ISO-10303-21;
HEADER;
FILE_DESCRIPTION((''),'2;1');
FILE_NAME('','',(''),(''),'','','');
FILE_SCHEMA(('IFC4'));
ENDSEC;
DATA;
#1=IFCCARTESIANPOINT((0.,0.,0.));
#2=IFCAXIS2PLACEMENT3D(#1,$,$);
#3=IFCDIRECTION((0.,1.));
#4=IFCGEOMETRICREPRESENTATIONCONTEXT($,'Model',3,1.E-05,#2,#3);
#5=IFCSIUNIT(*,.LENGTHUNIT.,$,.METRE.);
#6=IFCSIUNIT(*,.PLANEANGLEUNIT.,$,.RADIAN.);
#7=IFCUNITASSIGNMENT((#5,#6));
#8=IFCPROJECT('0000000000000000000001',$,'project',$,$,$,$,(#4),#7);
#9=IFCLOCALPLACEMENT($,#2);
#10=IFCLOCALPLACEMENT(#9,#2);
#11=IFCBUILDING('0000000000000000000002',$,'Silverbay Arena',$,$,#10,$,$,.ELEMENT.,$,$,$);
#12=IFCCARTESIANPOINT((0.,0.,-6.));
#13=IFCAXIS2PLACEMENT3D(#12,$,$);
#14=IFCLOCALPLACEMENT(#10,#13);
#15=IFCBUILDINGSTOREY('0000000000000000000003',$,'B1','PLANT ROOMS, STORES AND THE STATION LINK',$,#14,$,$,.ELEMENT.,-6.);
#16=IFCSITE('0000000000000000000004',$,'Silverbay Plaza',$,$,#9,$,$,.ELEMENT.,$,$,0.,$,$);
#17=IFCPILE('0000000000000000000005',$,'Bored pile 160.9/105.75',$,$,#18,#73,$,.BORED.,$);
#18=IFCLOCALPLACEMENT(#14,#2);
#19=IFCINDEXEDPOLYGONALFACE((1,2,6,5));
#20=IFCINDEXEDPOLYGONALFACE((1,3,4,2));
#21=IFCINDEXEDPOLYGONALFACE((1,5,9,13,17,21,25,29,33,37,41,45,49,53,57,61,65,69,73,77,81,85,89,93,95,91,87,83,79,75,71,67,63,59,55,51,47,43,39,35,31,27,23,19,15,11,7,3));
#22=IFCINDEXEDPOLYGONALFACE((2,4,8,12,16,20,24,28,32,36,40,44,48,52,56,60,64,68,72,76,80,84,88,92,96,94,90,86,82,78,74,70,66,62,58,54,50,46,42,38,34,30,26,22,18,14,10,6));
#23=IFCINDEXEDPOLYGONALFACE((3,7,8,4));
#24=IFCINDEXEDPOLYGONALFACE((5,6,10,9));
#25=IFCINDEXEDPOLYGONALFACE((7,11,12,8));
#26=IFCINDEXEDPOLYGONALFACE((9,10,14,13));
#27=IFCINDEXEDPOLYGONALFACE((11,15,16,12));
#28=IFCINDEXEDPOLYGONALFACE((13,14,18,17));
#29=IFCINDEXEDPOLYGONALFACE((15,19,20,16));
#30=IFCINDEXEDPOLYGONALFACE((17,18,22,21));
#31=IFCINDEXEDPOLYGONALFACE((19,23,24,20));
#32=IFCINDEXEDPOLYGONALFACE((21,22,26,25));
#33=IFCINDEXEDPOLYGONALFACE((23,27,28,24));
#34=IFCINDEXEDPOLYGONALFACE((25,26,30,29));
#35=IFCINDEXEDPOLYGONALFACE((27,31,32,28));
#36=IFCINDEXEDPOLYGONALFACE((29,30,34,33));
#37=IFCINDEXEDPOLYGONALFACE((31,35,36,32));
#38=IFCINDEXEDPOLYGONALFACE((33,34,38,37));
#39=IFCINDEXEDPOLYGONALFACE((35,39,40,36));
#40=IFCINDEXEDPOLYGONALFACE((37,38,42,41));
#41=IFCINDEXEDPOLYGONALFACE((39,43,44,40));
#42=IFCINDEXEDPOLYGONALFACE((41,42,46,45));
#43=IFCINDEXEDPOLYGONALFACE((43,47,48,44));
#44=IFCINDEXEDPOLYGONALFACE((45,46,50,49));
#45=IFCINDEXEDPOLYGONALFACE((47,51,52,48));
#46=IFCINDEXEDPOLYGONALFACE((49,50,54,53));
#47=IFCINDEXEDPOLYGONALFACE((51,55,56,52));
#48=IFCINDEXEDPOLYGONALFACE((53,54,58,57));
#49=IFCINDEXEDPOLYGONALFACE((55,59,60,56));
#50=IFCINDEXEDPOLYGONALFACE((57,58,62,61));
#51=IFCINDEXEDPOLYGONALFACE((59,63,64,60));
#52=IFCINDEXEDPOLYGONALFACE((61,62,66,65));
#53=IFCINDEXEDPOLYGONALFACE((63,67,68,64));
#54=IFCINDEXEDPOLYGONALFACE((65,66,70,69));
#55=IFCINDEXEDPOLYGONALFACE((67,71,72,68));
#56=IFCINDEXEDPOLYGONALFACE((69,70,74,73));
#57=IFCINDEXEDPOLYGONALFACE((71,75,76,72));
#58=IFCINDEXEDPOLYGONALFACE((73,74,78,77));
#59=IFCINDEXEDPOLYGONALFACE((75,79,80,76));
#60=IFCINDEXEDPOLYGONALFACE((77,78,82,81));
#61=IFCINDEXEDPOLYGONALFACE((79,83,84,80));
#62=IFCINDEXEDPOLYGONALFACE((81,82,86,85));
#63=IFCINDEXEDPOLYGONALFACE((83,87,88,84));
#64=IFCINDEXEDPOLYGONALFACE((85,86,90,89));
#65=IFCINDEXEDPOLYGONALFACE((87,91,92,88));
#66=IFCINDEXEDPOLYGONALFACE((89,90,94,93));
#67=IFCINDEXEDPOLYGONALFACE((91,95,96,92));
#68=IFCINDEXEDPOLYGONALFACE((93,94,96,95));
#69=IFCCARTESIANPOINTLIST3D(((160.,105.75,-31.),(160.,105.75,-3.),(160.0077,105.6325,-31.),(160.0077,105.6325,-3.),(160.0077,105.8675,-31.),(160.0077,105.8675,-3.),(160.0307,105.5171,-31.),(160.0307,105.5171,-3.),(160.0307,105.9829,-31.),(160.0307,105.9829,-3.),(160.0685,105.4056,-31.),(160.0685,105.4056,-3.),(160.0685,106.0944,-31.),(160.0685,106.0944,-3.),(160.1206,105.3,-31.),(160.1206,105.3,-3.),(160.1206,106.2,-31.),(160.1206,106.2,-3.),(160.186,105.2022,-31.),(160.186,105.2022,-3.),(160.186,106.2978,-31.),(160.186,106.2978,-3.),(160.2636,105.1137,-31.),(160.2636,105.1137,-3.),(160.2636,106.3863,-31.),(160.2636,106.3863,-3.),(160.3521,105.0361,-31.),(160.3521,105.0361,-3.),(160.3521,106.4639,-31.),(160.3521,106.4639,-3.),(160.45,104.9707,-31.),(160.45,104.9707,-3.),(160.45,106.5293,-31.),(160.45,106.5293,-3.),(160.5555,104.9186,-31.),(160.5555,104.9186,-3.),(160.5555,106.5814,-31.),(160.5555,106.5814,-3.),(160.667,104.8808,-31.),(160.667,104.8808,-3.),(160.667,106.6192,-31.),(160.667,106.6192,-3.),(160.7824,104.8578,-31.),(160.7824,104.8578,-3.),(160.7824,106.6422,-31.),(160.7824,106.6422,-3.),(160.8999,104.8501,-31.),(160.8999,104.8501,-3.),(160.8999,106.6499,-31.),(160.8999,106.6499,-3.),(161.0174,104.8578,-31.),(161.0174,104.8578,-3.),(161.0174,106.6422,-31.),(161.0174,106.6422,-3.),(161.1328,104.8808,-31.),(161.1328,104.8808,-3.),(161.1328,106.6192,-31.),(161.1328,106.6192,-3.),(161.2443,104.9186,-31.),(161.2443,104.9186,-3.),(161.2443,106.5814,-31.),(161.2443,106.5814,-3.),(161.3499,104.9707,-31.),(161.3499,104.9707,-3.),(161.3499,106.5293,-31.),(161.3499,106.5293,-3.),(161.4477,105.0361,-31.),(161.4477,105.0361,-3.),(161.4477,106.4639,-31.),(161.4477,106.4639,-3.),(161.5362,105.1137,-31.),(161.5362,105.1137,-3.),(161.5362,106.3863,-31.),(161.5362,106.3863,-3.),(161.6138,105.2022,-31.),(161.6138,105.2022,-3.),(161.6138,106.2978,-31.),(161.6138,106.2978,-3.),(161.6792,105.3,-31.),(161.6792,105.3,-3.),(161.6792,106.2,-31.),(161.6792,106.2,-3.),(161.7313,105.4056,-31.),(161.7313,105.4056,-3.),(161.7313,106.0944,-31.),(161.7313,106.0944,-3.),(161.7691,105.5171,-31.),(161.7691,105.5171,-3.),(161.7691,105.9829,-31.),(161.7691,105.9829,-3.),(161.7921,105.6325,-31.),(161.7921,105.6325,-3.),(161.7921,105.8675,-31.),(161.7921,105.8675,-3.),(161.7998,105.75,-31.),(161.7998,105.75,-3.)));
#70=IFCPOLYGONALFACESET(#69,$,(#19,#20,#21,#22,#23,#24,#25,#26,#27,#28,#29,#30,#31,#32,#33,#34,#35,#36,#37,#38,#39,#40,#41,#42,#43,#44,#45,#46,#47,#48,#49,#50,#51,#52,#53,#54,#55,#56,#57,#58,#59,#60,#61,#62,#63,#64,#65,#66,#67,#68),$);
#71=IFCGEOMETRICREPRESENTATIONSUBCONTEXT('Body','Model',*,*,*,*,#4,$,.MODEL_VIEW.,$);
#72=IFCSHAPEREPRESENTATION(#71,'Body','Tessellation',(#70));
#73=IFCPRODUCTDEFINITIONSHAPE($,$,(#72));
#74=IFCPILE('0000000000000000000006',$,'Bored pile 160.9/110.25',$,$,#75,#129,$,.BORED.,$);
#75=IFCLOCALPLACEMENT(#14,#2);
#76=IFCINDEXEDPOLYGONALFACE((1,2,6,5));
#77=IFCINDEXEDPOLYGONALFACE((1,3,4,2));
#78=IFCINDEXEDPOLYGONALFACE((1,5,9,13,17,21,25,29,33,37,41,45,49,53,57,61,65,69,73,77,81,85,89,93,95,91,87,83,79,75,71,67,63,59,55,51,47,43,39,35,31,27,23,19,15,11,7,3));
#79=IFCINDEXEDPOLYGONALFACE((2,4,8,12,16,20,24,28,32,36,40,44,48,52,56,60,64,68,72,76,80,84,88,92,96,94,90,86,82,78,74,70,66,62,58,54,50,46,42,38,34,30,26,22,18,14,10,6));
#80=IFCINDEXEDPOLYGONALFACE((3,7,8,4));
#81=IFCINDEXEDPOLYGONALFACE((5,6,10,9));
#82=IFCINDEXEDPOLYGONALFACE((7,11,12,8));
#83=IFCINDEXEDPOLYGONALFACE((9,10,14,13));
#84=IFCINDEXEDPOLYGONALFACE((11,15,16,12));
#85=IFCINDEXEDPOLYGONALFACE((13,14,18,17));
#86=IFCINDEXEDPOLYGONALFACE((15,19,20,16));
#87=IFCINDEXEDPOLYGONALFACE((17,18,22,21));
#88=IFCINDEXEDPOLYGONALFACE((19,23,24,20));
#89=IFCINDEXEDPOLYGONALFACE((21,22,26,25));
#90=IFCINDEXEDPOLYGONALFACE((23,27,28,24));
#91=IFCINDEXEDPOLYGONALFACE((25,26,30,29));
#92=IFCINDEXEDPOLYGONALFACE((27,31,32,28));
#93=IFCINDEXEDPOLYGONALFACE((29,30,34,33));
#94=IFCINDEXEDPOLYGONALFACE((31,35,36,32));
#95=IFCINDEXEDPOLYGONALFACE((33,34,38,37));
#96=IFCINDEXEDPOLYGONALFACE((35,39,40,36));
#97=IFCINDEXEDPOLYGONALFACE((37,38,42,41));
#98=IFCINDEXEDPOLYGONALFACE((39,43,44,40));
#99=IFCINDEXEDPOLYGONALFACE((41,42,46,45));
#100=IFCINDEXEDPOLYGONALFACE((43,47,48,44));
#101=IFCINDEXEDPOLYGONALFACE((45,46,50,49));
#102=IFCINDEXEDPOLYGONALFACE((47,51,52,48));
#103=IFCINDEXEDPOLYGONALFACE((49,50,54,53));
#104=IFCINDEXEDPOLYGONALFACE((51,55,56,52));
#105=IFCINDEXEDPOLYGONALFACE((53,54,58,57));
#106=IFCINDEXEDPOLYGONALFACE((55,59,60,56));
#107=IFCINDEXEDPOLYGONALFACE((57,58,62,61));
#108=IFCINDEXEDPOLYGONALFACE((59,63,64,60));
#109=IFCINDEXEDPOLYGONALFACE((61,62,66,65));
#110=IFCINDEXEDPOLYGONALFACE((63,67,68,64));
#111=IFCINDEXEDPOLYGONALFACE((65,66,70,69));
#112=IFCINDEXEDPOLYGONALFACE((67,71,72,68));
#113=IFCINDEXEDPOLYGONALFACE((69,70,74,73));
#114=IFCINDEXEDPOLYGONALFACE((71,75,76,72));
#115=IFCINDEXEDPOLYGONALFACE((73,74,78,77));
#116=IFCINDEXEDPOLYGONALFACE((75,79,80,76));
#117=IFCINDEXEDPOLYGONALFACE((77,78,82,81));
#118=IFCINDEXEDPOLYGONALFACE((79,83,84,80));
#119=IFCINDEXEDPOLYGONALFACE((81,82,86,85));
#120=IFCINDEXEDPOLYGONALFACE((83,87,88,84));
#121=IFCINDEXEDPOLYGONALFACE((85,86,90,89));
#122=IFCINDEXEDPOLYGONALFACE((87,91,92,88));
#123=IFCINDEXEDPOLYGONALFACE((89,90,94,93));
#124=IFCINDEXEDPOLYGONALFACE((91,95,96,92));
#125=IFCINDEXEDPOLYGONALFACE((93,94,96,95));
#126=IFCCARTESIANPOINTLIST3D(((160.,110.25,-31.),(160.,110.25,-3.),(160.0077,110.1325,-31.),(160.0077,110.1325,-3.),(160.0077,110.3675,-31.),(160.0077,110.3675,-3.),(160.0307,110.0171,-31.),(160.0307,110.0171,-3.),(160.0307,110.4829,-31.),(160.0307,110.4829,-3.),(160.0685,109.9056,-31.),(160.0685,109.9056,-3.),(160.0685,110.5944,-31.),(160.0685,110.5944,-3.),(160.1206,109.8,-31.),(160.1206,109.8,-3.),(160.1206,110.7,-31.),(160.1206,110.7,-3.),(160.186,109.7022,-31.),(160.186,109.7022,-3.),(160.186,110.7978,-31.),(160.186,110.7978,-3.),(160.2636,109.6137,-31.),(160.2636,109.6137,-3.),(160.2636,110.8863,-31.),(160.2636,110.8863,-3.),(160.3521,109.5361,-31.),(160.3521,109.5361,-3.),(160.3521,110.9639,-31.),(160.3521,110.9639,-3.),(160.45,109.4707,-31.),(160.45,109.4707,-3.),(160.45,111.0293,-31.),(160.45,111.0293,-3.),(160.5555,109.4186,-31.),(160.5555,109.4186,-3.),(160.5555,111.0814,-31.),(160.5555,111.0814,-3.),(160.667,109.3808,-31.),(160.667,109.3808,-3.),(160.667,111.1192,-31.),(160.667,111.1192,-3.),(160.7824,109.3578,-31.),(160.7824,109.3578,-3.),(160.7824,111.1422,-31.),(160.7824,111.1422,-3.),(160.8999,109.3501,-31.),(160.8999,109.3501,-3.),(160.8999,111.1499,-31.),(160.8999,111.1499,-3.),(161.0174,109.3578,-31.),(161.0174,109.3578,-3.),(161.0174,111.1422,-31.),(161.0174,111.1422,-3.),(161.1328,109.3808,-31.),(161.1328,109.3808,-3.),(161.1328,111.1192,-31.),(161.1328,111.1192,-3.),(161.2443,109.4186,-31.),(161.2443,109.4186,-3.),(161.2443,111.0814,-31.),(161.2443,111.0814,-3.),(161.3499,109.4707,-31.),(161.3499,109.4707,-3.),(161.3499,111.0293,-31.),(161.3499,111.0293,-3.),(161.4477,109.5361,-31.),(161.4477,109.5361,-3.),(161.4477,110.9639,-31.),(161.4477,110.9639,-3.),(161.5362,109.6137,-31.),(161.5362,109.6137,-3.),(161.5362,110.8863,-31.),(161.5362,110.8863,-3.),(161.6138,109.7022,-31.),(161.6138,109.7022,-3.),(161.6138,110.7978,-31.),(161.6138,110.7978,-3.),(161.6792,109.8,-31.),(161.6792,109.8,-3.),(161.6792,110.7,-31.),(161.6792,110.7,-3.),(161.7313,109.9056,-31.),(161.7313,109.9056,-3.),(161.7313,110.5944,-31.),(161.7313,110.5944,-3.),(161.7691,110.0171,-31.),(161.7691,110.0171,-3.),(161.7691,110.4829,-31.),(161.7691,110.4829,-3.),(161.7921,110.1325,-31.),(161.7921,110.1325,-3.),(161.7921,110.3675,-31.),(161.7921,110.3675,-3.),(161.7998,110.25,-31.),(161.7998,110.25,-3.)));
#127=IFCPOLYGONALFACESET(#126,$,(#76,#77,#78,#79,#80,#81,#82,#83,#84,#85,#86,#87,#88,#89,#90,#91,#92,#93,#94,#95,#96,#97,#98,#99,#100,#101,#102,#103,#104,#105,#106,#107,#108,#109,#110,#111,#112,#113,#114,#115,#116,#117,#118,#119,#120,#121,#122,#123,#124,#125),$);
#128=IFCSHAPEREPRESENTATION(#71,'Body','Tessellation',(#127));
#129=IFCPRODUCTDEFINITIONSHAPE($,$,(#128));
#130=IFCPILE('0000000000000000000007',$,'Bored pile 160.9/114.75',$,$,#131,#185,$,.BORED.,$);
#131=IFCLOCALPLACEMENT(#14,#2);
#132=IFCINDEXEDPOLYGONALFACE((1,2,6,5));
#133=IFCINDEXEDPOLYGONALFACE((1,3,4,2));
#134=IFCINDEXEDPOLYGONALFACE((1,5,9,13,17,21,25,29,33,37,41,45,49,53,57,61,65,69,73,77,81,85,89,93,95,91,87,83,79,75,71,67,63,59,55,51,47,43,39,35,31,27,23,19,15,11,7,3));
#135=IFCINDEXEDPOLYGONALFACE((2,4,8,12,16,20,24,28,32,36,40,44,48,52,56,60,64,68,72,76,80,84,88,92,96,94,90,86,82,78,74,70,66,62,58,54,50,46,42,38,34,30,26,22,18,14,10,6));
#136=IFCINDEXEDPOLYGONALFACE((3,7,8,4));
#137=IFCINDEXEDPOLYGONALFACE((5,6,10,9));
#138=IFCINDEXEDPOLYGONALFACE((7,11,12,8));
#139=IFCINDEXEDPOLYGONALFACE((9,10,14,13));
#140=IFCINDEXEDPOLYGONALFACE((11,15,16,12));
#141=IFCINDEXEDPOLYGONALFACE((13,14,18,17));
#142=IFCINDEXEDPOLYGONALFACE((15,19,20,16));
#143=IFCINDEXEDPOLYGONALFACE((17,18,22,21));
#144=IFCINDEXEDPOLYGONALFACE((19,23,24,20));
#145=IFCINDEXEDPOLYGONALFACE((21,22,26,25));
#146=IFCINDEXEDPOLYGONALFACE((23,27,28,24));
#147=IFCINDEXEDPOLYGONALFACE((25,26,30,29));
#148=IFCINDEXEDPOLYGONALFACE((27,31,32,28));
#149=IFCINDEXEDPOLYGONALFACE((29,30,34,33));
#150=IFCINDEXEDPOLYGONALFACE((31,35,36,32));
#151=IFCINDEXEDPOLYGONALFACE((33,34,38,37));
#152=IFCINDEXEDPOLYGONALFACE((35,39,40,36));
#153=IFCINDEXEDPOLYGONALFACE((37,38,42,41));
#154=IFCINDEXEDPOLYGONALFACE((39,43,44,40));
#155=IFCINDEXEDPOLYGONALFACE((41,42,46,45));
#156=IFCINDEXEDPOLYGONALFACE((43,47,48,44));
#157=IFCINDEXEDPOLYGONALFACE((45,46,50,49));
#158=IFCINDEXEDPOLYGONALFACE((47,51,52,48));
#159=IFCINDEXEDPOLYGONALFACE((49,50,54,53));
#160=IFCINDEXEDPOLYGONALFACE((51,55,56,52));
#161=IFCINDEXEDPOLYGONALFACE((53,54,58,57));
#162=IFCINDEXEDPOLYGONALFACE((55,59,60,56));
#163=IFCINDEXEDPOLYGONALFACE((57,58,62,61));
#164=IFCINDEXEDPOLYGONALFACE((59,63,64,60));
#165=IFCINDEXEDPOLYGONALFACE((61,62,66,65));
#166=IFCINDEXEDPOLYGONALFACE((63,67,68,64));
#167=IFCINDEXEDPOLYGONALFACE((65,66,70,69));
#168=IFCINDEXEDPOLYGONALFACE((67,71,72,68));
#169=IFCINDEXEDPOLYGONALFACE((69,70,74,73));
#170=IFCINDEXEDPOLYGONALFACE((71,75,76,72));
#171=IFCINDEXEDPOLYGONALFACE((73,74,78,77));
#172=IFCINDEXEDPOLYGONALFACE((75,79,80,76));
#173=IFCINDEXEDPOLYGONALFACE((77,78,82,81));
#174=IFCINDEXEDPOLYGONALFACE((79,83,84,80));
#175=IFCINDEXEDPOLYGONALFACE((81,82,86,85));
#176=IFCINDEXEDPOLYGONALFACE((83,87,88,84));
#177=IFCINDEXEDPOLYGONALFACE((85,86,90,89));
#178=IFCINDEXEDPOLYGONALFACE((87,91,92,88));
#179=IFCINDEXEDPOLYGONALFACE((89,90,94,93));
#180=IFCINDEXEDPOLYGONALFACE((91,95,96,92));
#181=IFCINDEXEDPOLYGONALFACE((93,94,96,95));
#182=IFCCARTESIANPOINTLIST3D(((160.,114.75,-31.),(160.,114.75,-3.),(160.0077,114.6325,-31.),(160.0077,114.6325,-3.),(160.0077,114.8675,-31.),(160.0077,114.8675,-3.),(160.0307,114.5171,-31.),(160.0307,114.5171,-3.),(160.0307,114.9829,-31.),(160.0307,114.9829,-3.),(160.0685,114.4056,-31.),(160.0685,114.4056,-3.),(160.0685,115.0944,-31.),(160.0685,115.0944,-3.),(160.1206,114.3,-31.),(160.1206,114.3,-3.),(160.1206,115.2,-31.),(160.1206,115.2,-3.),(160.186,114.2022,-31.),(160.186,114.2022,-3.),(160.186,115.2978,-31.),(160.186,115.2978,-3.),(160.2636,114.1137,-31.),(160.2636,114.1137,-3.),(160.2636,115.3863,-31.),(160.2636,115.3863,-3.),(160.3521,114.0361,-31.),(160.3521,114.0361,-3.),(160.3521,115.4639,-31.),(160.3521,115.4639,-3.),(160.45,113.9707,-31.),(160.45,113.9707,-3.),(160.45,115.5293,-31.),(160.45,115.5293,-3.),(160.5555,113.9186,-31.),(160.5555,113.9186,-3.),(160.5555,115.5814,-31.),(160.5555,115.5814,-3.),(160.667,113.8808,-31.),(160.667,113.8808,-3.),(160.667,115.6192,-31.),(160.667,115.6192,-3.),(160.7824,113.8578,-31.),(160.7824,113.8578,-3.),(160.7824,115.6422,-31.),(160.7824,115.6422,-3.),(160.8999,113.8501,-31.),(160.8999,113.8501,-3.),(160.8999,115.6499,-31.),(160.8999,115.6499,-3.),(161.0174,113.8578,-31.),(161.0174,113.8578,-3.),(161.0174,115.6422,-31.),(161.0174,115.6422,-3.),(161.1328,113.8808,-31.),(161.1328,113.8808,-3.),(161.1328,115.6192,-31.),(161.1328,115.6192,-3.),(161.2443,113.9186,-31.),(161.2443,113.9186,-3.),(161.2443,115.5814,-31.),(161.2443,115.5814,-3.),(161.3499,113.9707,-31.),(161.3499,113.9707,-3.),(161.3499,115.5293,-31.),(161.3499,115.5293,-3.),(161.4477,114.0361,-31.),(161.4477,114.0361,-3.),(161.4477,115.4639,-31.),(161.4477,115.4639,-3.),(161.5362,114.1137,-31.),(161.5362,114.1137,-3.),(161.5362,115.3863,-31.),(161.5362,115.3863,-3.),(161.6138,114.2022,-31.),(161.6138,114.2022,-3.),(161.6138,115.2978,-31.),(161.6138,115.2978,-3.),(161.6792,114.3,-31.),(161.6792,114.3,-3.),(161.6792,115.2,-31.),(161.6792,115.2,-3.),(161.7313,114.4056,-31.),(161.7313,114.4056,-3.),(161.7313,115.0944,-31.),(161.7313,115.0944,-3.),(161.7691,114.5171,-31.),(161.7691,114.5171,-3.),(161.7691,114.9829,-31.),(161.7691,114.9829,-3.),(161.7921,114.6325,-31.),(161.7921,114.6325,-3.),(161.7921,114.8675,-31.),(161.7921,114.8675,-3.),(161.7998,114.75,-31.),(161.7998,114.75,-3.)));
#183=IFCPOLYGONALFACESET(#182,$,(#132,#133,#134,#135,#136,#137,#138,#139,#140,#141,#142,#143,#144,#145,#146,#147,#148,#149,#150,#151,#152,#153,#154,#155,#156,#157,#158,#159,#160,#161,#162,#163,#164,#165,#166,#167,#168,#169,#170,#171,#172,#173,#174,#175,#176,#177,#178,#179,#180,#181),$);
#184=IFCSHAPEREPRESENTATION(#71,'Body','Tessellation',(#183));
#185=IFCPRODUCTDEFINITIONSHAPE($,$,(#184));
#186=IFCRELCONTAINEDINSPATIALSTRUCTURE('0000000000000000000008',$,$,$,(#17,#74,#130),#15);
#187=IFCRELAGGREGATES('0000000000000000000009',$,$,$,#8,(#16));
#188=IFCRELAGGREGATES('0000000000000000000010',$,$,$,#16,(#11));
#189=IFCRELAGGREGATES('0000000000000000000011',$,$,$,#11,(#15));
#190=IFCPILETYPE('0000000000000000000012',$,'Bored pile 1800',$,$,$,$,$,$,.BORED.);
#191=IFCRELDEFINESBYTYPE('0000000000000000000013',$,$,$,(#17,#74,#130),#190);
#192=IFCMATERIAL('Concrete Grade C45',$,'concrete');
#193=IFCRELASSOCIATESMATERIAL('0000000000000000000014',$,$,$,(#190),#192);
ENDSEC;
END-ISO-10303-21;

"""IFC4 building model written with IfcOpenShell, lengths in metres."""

from ifc_helpers import new_model, si_unit, direction, frame, origin, origin_2d, place, context, subcontext, project, spatial, circle, extrude, material, material_profile, profile_set, type_object, element, save


model = new_model("IFC4")

# Units and contexts
model_context = context("Model", 3, precision=1e-05, world=origin(), true_north=direction((0.0, 1.0)))
body_context = subcontext(model_context, "Body", "Model", "MODEL_VIEW")
ifc_project = project(units=[si_unit("LENGTHUNIT", "METRE"), si_unit("PLANEANGLEUNIT", "RADIAN")], contexts=[model_context])

# Site, building, storey
site_placement = place(None, origin())
site = spatial("IfcSite", under=ifc_project, at=site_placement, Name="Silverbay Plaza", CompositionType="ELEMENT", RefElevation=0.0)
building_placement = place(site_placement, origin())
building = spatial("IfcBuilding", under=site, at=building_placement, Name="Silverbay Arena", CompositionType="ELEMENT")
storey_placement = place(building_placement, frame((0.0, 0.0, -6.0)))
storey = spatial("IfcBuildingStorey", under=building, at=storey_placement, Name="B1", Description="PLANT ROOMS, STORES AND THE STATION LINK", CompositionType="ELEMENT", Elevation=-6.0)

# Piles
ifc_material_1 = material(Name="Concrete Grade C45", Category="concrete")
ifc_material_profile_1 = material_profile(ifc_material_1, circle(Radius=0.8999, at=origin_2d()), Name="Bored pile 1800")
ifc_profile_set_1 = profile_set([ifc_material_profile_1], Name="Concrete Grade C45")
pile_type_1 = type_object("IfcPileType", Name="Bored pile 1800", PredefinedType="BORED", material=ifc_profile_set_1)
for number, where, z_axis, x_axis, name in (
    (1, (160.8999, 105.75, -3.0), (0.0, 0.0, -1.0), (1.0, 0.0, 0.0), "Bored pile 160.9/105.75"),
    (2, (160.8999, 110.25, -3.0), (0.0, 0.0, -1.0), (1.0, 0.0, 0.0), "Bored pile 160.9/110.25"),
    (3, (160.8999, 114.75, -3.0), (0.0, 0.0, -1.0), (1.0, 0.0, 0.0), "Bored pile 160.9/114.75"),
):
    element("IfcPile", number, at=place(storey_placement, frame(where, z_axis=z_axis, x_axis=x_axis)), inside=storey, type_object=pile_type_1, Name=name, PredefinedType="BORED", context=body_context, shape_type="SweptSolid", body=[
        extrude(circle(Radius=0.8999, at=origin_2d()), origin(), (0.0, 0.0, 1.0), 28.0),
    ])

save(model, "model.ifc")
